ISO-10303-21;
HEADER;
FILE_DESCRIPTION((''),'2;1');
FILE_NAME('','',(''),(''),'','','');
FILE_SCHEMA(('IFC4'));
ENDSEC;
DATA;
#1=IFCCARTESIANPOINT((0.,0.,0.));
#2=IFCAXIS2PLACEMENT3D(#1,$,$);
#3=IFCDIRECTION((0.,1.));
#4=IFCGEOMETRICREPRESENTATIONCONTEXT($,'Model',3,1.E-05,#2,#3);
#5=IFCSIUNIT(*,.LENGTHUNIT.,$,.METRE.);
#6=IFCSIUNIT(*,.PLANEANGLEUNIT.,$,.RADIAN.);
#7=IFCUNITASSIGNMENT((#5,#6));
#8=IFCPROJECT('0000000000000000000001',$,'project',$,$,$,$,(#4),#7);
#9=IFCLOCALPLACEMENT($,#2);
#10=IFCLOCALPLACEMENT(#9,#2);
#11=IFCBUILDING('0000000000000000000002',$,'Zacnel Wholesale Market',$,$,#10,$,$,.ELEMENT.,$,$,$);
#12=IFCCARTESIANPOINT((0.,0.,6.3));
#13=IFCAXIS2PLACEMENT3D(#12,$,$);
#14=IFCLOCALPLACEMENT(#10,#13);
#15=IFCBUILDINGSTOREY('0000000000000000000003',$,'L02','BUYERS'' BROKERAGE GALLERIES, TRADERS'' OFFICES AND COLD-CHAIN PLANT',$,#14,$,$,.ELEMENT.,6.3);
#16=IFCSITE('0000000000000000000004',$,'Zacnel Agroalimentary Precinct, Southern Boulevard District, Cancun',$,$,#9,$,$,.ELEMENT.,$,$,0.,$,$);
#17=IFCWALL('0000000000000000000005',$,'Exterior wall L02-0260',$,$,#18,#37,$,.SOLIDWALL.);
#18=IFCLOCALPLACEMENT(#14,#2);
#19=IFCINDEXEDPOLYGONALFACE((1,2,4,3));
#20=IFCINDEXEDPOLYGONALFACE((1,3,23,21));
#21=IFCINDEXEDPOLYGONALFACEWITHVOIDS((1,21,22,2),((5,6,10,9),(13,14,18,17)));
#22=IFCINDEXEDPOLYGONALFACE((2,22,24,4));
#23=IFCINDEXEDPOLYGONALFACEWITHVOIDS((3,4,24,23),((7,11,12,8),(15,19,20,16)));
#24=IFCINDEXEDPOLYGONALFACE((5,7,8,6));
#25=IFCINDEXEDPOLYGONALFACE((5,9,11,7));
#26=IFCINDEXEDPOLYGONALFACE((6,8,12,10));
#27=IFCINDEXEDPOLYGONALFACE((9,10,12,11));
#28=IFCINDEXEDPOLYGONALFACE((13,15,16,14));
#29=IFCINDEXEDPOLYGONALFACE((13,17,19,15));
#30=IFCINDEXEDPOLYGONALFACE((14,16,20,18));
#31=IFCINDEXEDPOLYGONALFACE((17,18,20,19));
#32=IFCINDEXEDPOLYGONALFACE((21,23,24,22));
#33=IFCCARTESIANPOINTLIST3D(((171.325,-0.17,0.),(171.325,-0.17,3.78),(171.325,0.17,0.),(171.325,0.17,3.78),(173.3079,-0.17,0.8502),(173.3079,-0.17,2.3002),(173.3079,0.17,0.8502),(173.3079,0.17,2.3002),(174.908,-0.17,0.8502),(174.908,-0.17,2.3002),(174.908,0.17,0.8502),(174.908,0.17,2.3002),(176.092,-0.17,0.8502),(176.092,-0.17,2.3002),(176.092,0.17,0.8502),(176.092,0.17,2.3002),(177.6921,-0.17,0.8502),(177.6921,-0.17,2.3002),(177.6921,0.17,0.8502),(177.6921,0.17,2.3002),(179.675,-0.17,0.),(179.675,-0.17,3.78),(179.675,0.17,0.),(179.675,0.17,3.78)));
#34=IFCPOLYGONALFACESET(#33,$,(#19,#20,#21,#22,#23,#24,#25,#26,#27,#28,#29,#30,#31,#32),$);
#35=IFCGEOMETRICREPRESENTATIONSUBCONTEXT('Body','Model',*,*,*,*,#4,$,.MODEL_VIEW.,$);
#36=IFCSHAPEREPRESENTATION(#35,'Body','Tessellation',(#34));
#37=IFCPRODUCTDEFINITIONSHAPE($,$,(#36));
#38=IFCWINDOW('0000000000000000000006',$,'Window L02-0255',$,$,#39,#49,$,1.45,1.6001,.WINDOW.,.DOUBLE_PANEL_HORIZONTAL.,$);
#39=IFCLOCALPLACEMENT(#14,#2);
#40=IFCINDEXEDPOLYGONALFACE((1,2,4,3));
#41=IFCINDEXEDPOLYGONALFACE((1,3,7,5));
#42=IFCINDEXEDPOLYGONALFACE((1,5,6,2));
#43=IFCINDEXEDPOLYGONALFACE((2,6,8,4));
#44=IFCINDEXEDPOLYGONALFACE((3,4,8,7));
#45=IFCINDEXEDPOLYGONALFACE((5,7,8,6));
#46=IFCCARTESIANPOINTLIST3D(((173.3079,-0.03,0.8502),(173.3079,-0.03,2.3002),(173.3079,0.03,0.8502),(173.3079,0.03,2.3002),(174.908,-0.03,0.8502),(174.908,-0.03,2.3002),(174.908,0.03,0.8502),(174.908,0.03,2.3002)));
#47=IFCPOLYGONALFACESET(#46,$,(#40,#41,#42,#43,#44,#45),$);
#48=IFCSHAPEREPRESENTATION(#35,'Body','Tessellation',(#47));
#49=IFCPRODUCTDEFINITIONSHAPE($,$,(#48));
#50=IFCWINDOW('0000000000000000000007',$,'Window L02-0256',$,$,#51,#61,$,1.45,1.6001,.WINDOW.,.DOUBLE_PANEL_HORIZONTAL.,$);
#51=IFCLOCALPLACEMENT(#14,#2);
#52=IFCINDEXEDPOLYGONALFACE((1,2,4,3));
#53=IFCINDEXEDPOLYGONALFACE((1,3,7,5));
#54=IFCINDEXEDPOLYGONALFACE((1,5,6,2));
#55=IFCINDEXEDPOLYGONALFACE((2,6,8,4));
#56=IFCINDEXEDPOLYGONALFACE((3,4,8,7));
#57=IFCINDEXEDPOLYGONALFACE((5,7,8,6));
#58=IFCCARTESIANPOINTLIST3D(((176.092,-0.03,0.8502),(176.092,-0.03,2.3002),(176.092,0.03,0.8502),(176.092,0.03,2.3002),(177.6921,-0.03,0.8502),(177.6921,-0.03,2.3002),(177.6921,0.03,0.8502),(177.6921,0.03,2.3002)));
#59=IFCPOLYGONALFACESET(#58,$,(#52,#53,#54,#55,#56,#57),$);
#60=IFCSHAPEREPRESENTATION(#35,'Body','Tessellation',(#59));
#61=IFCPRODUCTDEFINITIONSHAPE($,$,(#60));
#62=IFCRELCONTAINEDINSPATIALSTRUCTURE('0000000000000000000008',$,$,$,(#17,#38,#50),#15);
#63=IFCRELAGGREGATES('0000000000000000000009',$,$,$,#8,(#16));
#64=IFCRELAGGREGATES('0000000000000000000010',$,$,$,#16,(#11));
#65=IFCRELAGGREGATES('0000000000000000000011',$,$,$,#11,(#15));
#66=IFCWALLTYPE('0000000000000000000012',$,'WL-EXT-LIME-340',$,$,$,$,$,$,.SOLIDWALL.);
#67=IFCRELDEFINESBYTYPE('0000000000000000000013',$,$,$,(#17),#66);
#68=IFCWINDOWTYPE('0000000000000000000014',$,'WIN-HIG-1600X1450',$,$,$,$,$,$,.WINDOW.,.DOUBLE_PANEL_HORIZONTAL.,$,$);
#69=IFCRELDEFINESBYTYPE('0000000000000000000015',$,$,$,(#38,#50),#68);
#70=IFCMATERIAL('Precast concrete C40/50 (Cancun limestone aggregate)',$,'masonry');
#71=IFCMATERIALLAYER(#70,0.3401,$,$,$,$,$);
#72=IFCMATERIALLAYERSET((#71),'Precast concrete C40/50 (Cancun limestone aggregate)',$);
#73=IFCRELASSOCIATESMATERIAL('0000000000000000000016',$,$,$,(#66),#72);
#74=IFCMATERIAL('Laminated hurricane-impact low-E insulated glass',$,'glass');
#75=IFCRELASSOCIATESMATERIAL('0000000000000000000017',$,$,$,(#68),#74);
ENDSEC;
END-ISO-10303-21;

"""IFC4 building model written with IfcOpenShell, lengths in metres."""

from ifc_helpers import new_model, si_unit, direction, frame, frame_2d, origin, place, context, subcontext, project, spatial, rectangle, extrude, material, layer, layer_set, type_object, element, fill, save


model = new_model("IFC4")

# Units and contexts
model_context = context("Model", 3, precision=1e-05, world=origin(), true_north=direction((0.0, 1.0)))
body_context = subcontext(model_context, "Body", "Model", "MODEL_VIEW")
ifc_project = project(units=[si_unit("LENGTHUNIT", "METRE"), si_unit("PLANEANGLEUNIT", "RADIAN")], contexts=[model_context])

# Site, building, storey
site_placement = place(None, origin())
site = spatial("IfcSite", under=ifc_project, at=site_placement, Name="Zacnel Agroalimentary Precinct, Southern Boulevard District, Cancun", CompositionType="ELEMENT", RefElevation=0.0)
building_placement = place(site_placement, origin())
building = spatial("IfcBuilding", under=site, at=building_placement, Name="Zacnel Wholesale Market", CompositionType="ELEMENT")
storey_placement = place(building_placement, frame((0.0, 0.0, 6.3)))
storey = spatial("IfcBuildingStorey", under=building, at=storey_placement, Name="L02", Description="BUYERS' BROKERAGE GALLERIES, TRADERS' OFFICES AND COLD-CHAIN PLANT", CompositionType="ELEMENT", Elevation=6.3)

# Wall, openings, windows
ifc_material_1 = material(Name="Precast concrete C40/50 (Cancun limestone aggregate)", Category="masonry")
ifc_layer_1 = layer(ifc_material_1, 0.3401)
ifc_layer_set_1 = layer_set([ifc_layer_1], Name="Precast concrete C40/50 (Cancun limestone aggregate)")
wall_type_1 = type_object("IfcWallType", Name="WL-EXT-LIME-340", PredefinedType="SOLIDWALL", material=ifc_layer_set_1)
wall_1_placement = place(storey_placement, frame((171.325, 0.0, 0.0), z_axis=(0.0, 0.0, 1.0), x_axis=(1.0, 0.0, 0.0)))
wall_1 = element("IfcWall", 1, at=wall_1_placement, inside=storey, type_object=wall_type_1, Name="Exterior wall L02-0260", PredefinedType="SOLIDWALL", context=body_context, shape_type="SweptSolid", body=[
    extrude(rectangle(XDim=8.3501, YDim=0.3401, at=frame_2d((4.175, 0.0))), origin(), (0.0, 0.0, 1.0), 3.78),
])
opening_1_placement = place(wall_1_placement, frame((1.9829, 0.0, 0.8501)))
opening_1 = element("IfcOpeningElement", 2, at=opening_1_placement, cuts=wall_1, PredefinedType="OPENING", context=body_context, shape_type="SweptSolid", body=[
    extrude(rectangle(XDim=1.6001, YDim=1.45, at=frame_2d((0.8, 0.7251))), frame((0.0, 0.1799, 0.0), z_axis=(0.0, -1.0, 0.0), x_axis=(1.0, 0.0, 0.0)), (0.0, 0.0, 1.0), 0.3601),
])
opening_2_placement = place(wall_1_placement, frame((4.7671, 0.0, 0.8501)))
opening_2 = element("IfcOpeningElement", 3, at=opening_2_placement, cuts=wall_1, PredefinedType="OPENING", context=body_context, shape_type="SweptSolid", body=[
    extrude(rectangle(XDim=1.6001, YDim=1.45, at=frame_2d((0.8, 0.7251))), frame((0.0, 0.1799, 0.0), z_axis=(0.0, -1.0, 0.0), x_axis=(1.0, 0.0, 0.0)), (0.0, 0.0, 1.0), 0.3601),
])
ifc_material_2 = material(Name="Laminated hurricane-impact low-E insulated glass", Category="glass")
window_type = type_object("IfcWindowType", Name="WIN-HIG-1600X1450", PartitioningType="DOUBLE_PANEL_HORIZONTAL", PredefinedType="WINDOW", material=ifc_material_2)
window_1_placement = place(opening_1_placement, origin())
window_1 = element("IfcWindow", 4, at=window_1_placement, inside=storey, type_object=window_type, Name="Window L02-0255", OverallHeight=1.45, OverallWidth=1.6001, PartitioningType="DOUBLE_PANEL_HORIZONTAL", PredefinedType="WINDOW", context=body_context, shape_type="SweptSolid", body=[
    extrude(rectangle(XDim=1.6001, YDim=1.45, at=frame_2d((0.8, 0.7251))), frame((0.0, 0.03, 0.0), z_axis=(0.0, -1.0, 0.0), x_axis=(1.0, 0.0, 0.0)), (0.0, 0.0, 1.0), 0.0601),
])
fill(opening_1, window_1)
window_2_placement = place(opening_2_placement, origin())
window_2 = element("IfcWindow", 5, at=window_2_placement, inside=storey, type_object=window_type, Name="Window L02-0256", OverallHeight=1.45, OverallWidth=1.6001, PartitioningType="DOUBLE_PANEL_HORIZONTAL", PredefinedType="WINDOW", context=body_context, shape_type="SweptSolid", body=[
    extrude(rectangle(XDim=1.6001, YDim=1.45, at=frame_2d((0.8, 0.7251))), frame((0.0, 0.03, 0.0), z_axis=(0.0, -1.0, 0.0), x_axis=(1.0, 0.0, 0.0)), (0.0, 0.0, 1.0), 0.0601),
])
fill(opening_2, window_2)

save(model, "model.ifc")
